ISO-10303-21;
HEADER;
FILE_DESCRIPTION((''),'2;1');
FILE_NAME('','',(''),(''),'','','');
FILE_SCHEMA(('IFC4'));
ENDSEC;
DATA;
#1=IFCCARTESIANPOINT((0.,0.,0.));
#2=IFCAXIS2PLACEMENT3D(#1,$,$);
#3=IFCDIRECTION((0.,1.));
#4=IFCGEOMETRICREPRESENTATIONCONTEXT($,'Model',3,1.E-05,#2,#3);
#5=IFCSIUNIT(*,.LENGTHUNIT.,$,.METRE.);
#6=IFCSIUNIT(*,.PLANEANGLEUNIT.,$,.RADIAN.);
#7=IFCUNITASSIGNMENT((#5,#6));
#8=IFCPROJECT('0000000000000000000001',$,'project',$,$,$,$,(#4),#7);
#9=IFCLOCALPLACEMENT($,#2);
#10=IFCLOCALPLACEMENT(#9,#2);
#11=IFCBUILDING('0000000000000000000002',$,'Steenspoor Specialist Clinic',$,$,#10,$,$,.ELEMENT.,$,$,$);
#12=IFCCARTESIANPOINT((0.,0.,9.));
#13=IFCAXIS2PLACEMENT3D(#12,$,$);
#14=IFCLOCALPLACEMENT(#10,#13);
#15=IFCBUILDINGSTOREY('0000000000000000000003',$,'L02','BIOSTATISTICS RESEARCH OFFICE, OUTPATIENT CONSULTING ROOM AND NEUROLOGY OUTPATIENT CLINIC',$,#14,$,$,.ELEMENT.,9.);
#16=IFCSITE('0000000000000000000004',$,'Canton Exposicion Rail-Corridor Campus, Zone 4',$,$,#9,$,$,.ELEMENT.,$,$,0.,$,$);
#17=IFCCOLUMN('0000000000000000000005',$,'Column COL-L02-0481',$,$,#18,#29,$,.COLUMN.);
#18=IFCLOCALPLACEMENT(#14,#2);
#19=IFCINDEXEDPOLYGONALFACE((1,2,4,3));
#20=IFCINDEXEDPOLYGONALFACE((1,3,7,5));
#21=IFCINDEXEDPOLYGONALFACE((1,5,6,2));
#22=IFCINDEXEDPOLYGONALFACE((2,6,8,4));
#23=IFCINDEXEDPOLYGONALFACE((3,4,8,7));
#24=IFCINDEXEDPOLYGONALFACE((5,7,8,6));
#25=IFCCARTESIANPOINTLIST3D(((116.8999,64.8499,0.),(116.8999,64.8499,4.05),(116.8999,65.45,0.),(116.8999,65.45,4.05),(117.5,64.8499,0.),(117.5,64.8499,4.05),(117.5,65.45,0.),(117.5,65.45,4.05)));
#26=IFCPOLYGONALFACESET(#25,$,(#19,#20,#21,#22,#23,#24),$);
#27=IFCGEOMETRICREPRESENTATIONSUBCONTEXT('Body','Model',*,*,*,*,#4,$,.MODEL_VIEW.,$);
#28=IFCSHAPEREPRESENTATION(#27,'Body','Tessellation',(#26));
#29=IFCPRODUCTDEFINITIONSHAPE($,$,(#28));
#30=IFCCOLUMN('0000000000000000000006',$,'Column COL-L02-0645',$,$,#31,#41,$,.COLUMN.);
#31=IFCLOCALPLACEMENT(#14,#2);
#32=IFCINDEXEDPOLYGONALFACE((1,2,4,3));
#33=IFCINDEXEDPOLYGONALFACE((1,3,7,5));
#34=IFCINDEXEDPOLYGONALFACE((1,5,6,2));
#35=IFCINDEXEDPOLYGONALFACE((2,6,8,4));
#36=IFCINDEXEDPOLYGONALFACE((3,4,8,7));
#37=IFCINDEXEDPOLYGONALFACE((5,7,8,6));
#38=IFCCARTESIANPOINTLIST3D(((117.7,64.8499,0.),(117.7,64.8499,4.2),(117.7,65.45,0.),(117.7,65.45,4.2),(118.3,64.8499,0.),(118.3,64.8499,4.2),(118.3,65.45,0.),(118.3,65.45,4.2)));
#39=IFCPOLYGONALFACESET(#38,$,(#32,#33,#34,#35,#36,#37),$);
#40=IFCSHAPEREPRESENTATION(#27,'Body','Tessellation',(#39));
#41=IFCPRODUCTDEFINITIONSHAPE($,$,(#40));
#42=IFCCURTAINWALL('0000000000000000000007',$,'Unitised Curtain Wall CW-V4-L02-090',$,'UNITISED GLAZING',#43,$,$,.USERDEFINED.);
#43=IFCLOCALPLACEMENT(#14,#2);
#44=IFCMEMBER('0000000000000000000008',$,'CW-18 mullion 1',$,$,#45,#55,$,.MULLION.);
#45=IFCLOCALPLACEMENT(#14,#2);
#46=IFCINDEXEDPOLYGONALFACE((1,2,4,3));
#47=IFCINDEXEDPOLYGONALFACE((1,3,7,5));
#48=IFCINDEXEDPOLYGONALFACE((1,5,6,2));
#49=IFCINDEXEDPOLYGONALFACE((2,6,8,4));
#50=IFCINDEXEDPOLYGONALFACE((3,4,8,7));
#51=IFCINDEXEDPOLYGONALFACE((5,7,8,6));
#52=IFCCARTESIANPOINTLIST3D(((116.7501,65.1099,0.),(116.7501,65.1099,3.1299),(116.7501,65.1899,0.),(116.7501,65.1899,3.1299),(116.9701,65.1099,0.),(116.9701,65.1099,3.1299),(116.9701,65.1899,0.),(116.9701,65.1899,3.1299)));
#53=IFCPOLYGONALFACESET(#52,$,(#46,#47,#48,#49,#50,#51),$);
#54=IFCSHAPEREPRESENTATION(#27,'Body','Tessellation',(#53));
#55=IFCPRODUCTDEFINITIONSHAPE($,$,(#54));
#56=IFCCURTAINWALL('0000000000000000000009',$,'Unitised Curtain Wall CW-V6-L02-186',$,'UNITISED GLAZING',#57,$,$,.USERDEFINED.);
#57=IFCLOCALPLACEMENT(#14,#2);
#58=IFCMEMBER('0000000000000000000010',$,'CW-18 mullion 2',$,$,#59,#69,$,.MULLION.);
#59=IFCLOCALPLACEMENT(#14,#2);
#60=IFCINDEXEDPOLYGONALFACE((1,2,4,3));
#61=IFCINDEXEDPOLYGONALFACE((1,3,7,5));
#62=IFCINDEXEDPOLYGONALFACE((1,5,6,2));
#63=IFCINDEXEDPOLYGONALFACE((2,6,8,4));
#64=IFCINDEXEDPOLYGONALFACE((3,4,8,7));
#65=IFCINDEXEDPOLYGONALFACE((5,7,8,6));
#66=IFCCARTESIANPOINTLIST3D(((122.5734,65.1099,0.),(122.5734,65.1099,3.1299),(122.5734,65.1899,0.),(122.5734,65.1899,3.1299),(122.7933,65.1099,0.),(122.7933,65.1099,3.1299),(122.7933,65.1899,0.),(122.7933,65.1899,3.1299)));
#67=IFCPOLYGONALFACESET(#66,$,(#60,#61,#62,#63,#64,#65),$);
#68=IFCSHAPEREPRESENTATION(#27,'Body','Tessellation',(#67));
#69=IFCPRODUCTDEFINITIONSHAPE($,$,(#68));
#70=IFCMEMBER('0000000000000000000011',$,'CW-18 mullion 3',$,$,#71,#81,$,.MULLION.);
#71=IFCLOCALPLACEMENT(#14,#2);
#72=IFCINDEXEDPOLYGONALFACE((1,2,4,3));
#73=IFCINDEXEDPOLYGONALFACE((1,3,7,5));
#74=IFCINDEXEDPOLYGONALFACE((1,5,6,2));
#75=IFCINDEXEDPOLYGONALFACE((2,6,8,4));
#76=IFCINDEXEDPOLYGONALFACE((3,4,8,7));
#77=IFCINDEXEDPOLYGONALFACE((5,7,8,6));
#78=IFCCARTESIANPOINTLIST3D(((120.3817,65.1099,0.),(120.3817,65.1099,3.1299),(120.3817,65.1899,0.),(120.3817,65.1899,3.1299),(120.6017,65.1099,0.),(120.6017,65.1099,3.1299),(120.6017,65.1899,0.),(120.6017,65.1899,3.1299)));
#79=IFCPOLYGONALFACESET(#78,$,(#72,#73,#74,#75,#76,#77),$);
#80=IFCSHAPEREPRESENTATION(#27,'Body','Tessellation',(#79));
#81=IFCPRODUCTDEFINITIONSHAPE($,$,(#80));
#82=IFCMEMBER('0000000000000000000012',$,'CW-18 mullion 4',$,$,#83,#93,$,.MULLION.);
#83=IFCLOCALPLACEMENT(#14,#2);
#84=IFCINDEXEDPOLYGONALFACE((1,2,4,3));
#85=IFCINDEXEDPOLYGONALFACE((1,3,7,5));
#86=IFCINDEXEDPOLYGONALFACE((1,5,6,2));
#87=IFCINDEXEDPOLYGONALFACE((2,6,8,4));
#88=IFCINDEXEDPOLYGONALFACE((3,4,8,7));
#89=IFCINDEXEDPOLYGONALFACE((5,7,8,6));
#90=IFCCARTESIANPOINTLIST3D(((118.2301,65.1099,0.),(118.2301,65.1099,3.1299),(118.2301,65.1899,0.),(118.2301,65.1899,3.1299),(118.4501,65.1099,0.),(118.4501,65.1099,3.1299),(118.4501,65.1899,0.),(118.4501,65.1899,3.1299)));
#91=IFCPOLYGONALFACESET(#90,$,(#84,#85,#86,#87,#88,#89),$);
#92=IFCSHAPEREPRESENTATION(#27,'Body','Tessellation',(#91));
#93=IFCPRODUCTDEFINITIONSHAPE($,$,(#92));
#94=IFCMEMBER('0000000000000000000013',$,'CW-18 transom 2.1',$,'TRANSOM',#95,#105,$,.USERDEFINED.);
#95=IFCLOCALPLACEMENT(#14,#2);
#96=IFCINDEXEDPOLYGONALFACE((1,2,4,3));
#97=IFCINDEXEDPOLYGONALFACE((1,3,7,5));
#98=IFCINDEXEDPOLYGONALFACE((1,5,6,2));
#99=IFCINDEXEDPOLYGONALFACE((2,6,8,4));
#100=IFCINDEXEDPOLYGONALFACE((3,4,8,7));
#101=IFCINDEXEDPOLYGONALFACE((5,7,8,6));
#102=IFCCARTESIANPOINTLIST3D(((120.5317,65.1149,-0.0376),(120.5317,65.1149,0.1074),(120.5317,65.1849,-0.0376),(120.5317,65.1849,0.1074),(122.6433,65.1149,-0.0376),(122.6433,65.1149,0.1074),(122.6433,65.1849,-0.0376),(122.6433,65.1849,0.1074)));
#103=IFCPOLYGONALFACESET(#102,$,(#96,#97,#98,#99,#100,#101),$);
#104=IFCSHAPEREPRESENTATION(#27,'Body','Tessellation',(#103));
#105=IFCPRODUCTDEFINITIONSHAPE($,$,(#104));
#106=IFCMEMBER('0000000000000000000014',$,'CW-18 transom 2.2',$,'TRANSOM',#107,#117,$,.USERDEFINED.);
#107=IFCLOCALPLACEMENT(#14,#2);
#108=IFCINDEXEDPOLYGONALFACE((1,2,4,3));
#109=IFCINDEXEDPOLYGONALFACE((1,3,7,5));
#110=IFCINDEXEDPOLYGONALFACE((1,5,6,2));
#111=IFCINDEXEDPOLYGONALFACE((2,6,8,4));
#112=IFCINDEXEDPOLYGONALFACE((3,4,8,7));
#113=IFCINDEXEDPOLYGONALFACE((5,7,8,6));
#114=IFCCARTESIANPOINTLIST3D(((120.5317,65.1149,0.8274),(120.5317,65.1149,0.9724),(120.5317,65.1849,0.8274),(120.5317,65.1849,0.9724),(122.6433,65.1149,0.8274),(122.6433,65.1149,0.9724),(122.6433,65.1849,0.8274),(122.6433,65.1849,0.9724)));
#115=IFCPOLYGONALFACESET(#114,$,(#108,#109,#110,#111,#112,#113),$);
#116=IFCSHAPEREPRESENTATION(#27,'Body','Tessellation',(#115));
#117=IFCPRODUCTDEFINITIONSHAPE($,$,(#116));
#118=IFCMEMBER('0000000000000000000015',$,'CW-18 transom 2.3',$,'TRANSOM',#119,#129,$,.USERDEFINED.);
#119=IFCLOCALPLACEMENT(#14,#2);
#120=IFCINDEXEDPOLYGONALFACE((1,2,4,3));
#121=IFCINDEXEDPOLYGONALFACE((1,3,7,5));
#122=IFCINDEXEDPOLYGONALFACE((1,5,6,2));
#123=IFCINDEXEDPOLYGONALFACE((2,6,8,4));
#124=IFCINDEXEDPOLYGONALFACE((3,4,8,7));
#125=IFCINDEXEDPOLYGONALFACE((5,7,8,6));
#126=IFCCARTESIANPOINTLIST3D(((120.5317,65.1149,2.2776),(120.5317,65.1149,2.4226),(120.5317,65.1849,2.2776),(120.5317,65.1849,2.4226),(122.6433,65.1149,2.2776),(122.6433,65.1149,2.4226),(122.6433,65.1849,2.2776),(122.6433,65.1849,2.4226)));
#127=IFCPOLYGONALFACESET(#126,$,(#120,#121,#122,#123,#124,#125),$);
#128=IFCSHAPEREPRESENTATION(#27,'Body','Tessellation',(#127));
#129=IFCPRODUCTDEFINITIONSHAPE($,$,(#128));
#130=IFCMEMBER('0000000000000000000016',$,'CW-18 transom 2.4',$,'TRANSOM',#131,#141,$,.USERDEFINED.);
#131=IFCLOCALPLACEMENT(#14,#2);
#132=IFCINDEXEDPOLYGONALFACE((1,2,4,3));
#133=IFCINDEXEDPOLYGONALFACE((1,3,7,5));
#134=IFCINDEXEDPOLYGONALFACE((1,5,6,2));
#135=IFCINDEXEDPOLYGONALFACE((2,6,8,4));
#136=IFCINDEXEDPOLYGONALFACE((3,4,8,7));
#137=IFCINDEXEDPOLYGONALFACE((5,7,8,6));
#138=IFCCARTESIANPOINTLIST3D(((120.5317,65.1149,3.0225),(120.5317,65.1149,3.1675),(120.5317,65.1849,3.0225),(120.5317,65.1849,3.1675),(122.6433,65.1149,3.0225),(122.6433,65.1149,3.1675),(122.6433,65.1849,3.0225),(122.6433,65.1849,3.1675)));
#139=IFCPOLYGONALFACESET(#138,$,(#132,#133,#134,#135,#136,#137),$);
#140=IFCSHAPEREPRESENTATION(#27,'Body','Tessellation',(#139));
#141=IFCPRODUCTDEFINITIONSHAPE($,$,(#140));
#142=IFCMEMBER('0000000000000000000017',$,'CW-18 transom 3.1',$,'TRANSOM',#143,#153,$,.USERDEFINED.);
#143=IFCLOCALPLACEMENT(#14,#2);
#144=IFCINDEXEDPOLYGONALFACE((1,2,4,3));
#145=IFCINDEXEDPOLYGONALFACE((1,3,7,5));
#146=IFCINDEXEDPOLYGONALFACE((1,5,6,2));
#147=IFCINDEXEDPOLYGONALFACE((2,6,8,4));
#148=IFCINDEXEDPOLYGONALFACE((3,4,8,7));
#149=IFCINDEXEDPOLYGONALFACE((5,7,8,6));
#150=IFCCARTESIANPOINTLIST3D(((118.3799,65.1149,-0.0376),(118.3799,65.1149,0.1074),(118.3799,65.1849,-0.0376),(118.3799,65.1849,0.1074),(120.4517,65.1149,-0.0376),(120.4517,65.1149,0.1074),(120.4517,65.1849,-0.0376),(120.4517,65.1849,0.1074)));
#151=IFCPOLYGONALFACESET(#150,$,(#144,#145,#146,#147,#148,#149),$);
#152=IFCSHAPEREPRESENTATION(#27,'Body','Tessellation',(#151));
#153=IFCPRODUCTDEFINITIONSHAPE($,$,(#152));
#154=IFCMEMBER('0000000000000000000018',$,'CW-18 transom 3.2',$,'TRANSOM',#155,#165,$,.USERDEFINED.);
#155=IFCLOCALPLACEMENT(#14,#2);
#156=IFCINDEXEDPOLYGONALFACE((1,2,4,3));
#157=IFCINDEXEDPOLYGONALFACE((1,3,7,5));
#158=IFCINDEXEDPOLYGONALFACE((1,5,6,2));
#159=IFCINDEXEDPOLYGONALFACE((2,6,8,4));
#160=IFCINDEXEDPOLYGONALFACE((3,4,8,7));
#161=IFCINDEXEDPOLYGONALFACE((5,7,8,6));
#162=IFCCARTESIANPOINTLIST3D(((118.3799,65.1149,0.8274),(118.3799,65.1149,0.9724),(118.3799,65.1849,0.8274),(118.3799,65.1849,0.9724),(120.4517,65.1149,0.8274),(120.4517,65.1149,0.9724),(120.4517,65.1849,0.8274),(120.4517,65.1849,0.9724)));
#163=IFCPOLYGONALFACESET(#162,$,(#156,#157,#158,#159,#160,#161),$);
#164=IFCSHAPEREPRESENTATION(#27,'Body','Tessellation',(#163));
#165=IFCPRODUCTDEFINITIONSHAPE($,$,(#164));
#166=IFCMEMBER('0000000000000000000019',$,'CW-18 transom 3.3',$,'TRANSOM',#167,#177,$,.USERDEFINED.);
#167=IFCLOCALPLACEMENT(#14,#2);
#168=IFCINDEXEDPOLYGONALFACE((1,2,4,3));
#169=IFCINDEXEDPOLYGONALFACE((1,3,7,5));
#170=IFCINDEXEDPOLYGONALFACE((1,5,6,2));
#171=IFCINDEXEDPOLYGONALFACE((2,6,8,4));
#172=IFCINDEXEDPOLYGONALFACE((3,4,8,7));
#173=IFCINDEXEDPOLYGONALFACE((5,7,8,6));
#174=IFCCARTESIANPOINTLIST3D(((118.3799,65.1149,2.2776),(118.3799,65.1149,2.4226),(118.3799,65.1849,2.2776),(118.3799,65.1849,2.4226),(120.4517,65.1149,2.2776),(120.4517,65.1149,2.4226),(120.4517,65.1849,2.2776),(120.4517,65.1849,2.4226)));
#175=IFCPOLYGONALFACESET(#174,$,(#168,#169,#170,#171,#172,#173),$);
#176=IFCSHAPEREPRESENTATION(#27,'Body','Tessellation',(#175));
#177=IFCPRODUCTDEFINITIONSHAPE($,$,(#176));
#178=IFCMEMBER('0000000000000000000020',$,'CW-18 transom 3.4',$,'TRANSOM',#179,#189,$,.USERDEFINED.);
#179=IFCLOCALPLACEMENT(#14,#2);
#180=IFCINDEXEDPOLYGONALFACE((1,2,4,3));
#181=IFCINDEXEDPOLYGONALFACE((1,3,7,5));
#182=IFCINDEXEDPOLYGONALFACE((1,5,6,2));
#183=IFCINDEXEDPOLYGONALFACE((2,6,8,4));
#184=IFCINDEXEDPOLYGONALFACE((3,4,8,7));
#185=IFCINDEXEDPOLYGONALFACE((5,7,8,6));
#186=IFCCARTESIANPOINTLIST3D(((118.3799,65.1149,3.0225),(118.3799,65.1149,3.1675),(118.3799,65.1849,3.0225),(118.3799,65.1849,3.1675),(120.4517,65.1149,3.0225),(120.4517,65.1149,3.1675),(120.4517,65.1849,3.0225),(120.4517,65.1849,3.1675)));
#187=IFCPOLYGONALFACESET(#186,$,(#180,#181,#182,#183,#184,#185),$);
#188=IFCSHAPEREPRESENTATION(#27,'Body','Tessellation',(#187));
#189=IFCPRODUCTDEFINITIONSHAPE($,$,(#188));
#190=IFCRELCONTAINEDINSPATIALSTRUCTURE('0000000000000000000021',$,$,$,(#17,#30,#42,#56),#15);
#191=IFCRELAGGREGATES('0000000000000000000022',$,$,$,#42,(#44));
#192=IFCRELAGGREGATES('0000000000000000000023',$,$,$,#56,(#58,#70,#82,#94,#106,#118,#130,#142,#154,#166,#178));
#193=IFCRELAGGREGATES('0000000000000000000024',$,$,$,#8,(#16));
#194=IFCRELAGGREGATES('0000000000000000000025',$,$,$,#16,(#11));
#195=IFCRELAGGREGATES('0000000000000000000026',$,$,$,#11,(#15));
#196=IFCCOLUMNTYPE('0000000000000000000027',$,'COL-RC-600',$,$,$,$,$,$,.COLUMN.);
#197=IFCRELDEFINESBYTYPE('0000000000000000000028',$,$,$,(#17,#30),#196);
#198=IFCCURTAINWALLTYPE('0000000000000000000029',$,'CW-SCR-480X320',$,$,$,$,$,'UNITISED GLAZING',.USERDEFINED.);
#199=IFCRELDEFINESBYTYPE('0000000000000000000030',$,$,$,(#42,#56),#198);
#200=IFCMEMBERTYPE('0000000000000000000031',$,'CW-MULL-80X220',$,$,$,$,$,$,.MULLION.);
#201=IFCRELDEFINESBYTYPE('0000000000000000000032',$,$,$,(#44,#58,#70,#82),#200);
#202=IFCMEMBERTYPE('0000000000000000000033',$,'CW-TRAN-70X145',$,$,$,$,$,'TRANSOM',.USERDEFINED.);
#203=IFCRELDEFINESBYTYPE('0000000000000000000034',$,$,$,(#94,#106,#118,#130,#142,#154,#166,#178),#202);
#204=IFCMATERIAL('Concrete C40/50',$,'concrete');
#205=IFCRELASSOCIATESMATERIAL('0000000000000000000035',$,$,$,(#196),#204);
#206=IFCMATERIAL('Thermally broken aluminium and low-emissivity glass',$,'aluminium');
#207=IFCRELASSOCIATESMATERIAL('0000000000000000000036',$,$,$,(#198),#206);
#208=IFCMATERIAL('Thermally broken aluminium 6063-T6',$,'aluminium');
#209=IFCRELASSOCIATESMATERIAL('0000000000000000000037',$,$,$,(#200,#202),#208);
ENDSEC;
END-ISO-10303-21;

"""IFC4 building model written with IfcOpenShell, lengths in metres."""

from ifc_helpers import new_model, si_unit, direction, frame, origin, origin_2d, place, context, subcontext, project, spatial, rectangle, extrude, material, material_profile, profile_set, type_object, element, aggregate, save


model = new_model("IFC4")

# Units and contexts
model_context = context("Model", 3, precision=1e-05, world=origin(), true_north=direction((0.0, 1.0)))
body_context = subcontext(model_context, "Body", "Model", "MODEL_VIEW")
ifc_project = project(units=[si_unit("LENGTHUNIT", "METRE"), si_unit("PLANEANGLEUNIT", "RADIAN")], contexts=[model_context])

# Site, building, storey
site_placement = place(None, origin())
site = spatial("IfcSite", under=ifc_project, at=site_placement, Name="Canton Exposicion Rail-Corridor Campus, Zone 4", CompositionType="ELEMENT", RefElevation=0.0)
building_placement = place(site_placement, origin())
building = spatial("IfcBuilding", under=site, at=building_placement, Name="Steenspoor Specialist Clinic", CompositionType="ELEMENT")
storey_placement = place(building_placement, frame((0.0, 0.0, 9.0)))
storey = spatial("IfcBuildingStorey", under=building, at=storey_placement, Name="L02", Description="BIOSTATISTICS RESEARCH OFFICE, OUTPATIENT CONSULTING ROOM AND NEUROLOGY OUTPATIENT CLINIC", CompositionType="ELEMENT", Elevation=9.0)

# Columns
ifc_material_1 = material(Name="Concrete C40/50", Category="concrete")
ifc_material_profile_1 = material_profile(ifc_material_1, rectangle(XDim=0.6001, YDim=0.6001, at=origin_2d()), Name="RC-COL-600X600")
ifc_profile_set_1 = profile_set([ifc_material_profile_1], Name="Concrete C40/50")
column_type = type_object("IfcColumnType", Name="COL-RC-600", PredefinedType="COLUMN", material=ifc_profile_set_1)
column_1_placement = place(storey_placement, frame((117.2, 65.1499, 0.0), z_axis=(0.0, 0.0, 1.0), x_axis=(1.0, 0.0, 0.0)))
element("IfcColumn", 1, at=column_1_placement, inside=storey, type_object=column_type, Name="Column COL-L02-0481", PredefinedType="COLUMN", context=body_context, shape_type="SweptSolid", body=[
    extrude(rectangle(XDim=0.6001, YDim=0.6001, at=origin_2d()), origin(), (0.0, 0.0, 1.0), 4.05),
])
column_2_placement = place(storey_placement, frame((118.0, 65.1499, 0.0), z_axis=(0.0, 0.0, 1.0), x_axis=(1.0, 0.0, 0.0)))
element("IfcColumn", 2, at=column_2_placement, inside=storey, type_object=column_type, Name="Column COL-L02-0645", PredefinedType="COLUMN", context=body_context, shape_type="SweptSolid", body=[
    extrude(rectangle(XDim=0.6001, YDim=0.6001, at=origin_2d()), origin(), (0.0, 0.0, 1.0), 4.2),
])

# Curtain wall, member
ifc_material_2 = material(Name="Thermally broken aluminium and low-emissivity glass", Category="aluminium")
curtain_wall_type = type_object("IfcCurtainWallType", Name="CW-SCR-480X320", ElementType="UNITISED GLAZING", PredefinedType="USERDEFINED", material=ifc_material_2)
curtain_wall_1_placement = place(storey_placement, origin())
curtain_wall_1 = element("IfcCurtainWall", 3, at=curtain_wall_1_placement, inside=storey, type_object=curtain_wall_type, Name="Unitised Curtain Wall CW-V4-L02-090", ObjectType="UNITISED GLAZING", PredefinedType="USERDEFINED")
ifc_material_3 = material(Name="Thermally broken aluminium 6063-T6", Category="aluminium")
ifc_material_profile_2 = material_profile(ifc_material_3, rectangle(XDim=0.0801, YDim=0.22, at=origin_2d()), Name="CWM-80X220")
ifc_profile_set_2 = profile_set([ifc_material_profile_2], Name="Thermally broken aluminium 6063-T6")
member_type_1 = type_object("IfcMemberType", Name="CW-MULL-80X220", PredefinedType="MULLION", material=ifc_profile_set_2)
member_1_placement = place(storey_placement, frame((116.8601, 65.1499, 0.0), z_axis=(0.0, 0.0, 1.0), x_axis=(0.0, -1.0, 0.0)))
member_1 = element("IfcMember", 4, at=member_1_placement, type_object=member_type_1, Name="CW-18 mullion 1", PredefinedType="MULLION", context=body_context, shape_type="SweptSolid", body=[
    extrude(rectangle(XDim=0.0801, YDim=0.22, at=origin_2d()), origin(), (0.0, 0.0, 1.0), 3.1299),
])

# Curtain wall, members
curtain_wall_2_placement = place(storey_placement, origin())
curtain_wall_2 = element("IfcCurtainWall", 5, at=curtain_wall_2_placement, inside=storey, type_object=curtain_wall_type, Name="Unitised Curtain Wall CW-V6-L02-186", ObjectType="UNITISED GLAZING", PredefinedType="USERDEFINED")
member_2_placement = place(storey_placement, frame((122.6833, 65.1499, 0.0), z_axis=(0.0, 0.0, 1.0), x_axis=(0.0, -1.0, 0.0)))
member_2 = element("IfcMember", 6, at=member_2_placement, type_object=member_type_1, Name="CW-18 mullion 2", PredefinedType="MULLION", context=body_context, shape_type="SweptSolid", body=[
    extrude(rectangle(XDim=0.0801, YDim=0.22, at=origin_2d()), origin(), (0.0, 0.0, 1.0), 3.1299),
])
member_3_placement = place(storey_placement, frame((120.4917, 65.1499, 0.0), z_axis=(0.0, 0.0, 1.0), x_axis=(0.0, -1.0, 0.0)))
member_3 = element("IfcMember", 7, at=member_3_placement, type_object=member_type_1, Name="CW-18 mullion 3", PredefinedType="MULLION", context=body_context, shape_type="SweptSolid", body=[
    extrude(rectangle(XDim=0.0801, YDim=0.22, at=origin_2d()), origin(), (0.0, 0.0, 1.0), 3.1299),
])
member_4_placement = place(storey_placement, frame((118.3401, 65.1499, 0.0), z_axis=(0.0, 0.0, 1.0), x_axis=(0.0, -1.0, 0.0)))
member_4 = element("IfcMember", 8, at=member_4_placement, type_object=member_type_1, Name="CW-18 mullion 4", PredefinedType="MULLION", context=body_context, shape_type="SweptSolid", body=[
    extrude(rectangle(XDim=0.0801, YDim=0.22, at=origin_2d()), origin(), (0.0, 0.0, 1.0), 3.1299),
])
ifc_material_profile_3 = material_profile(ifc_material_3, rectangle(XDim=0.0701, YDim=0.145, at=origin_2d()), Name="CWT-70X145")
ifc_profile_set_3 = profile_set([ifc_material_profile_3], Name="Thermally broken aluminium 6063-T6")
member_type_2 = type_object("IfcMemberType", Name="CW-TRAN-70X145", ElementType="TRANSOM", PredefinedType="USERDEFINED", material=ifc_profile_set_3)
member_5_placement = place(storey_placement, frame((122.6433, 65.1499, 0.0349), z_axis=(-1.0, 0.0, 0.0), x_axis=(0.0, -1.0, 0.0)))
member_5 = element("IfcMember", 9, at=member_5_placement, type_object=member_type_2, Name="CW-18 transom 2.1", ObjectType="TRANSOM", PredefinedType="USERDEFINED", context=body_context, shape_type="SweptSolid", body=[
    extrude(rectangle(XDim=0.0701, YDim=0.145, at=origin_2d()), origin(), (0.0, 0.0, 1.0), 2.1116),
])
member_6_placement = place(storey_placement, frame((122.6433, 65.1499, 0.8999), z_axis=(-1.0, 0.0, 0.0), x_axis=(0.0, -1.0, 0.0)))
member_6 = element("IfcMember", 10, at=member_6_placement, type_object=member_type_2, Name="CW-18 transom 2.2", ObjectType="TRANSOM", PredefinedType="USERDEFINED", context=body_context, shape_type="SweptSolid", body=[
    extrude(rectangle(XDim=0.0701, YDim=0.145, at=origin_2d()), origin(), (0.0, 0.0, 1.0), 2.1116),
])
member_7_placement = place(storey_placement, frame((122.6433, 65.1499, 2.3501), z_axis=(-1.0, 0.0, 0.0), x_axis=(0.0, -1.0, 0.0)))
member_7 = element("IfcMember", 11, at=member_7_placement, type_object=member_type_2, Name="CW-18 transom 2.3", ObjectType="TRANSOM", PredefinedType="USERDEFINED", context=body_context, shape_type="SweptSolid", body=[
    extrude(rectangle(XDim=0.0701, YDim=0.145, at=origin_2d()), origin(), (0.0, 0.0, 1.0), 2.1116),
])
member_8_placement = place(storey_placement, frame((122.6433, 65.1499, 3.095), z_axis=(-1.0, 0.0, 0.0), x_axis=(0.0, -1.0, 0.0)))
member_8 = element("IfcMember", 12, at=member_8_placement, type_object=member_type_2, Name="CW-18 transom 2.4", ObjectType="TRANSOM", PredefinedType="USERDEFINED", context=body_context, shape_type="SweptSolid", body=[
    extrude(rectangle(XDim=0.0701, YDim=0.145, at=origin_2d()), origin(), (0.0, 0.0, 1.0), 2.1116),
])
member_9_placement = place(storey_placement, frame((120.4517, 65.1499, 0.0349), z_axis=(-1.0, 0.0, 0.0), x_axis=(0.0, -1.0, 0.0)))
member_9 = element("IfcMember", 13, at=member_9_placement, type_object=member_type_2, Name="CW-18 transom 3.1", ObjectType="TRANSOM", PredefinedType="USERDEFINED", context=body_context, shape_type="SweptSolid", body=[
    extrude(rectangle(XDim=0.0701, YDim=0.145, at=origin_2d()), origin(), (0.0, 0.0, 1.0), 2.0718),
])
member_10_placement = place(storey_placement, frame((120.4517, 65.1499, 0.8999), z_axis=(-1.0, 0.0, 0.0), x_axis=(0.0, -1.0, 0.0)))
member_10 = element("IfcMember", 14, at=member_10_placement, type_object=member_type_2, Name="CW-18 transom 3.2", ObjectType="TRANSOM", PredefinedType="USERDEFINED", context=body_context, shape_type="SweptSolid", body=[
    extrude(rectangle(XDim=0.0701, YDim=0.145, at=origin_2d()), origin(), (0.0, 0.0, 1.0), 2.0718),
])
member_11_placement = place(storey_placement, frame((120.4517, 65.1499, 2.3501), z_axis=(-1.0, 0.0, 0.0), x_axis=(0.0, -1.0, 0.0)))
member_11 = element("IfcMember", 15, at=member_11_placement, type_object=member_type_2, Name="CW-18 transom 3.3", ObjectType="TRANSOM", PredefinedType="USERDEFINED", context=body_context, shape_type="SweptSolid", body=[
    extrude(rectangle(XDim=0.0701, YDim=0.145, at=origin_2d()), origin(), (0.0, 0.0, 1.0), 2.0718),
])
member_12_placement = place(storey_placement, frame((120.4517, 65.1499, 3.095), z_axis=(-1.0, 0.0, 0.0), x_axis=(0.0, -1.0, 0.0)))
member_12 = element("IfcMember", 16, at=member_12_placement, type_object=member_type_2, Name="CW-18 transom 3.4", ObjectType="TRANSOM", PredefinedType="USERDEFINED", context=body_context, shape_type="SweptSolid", body=[
    extrude(rectangle(XDim=0.0701, YDim=0.145, at=origin_2d()), origin(), (0.0, 0.0, 1.0), 2.0718),
])

aggregate(curtain_wall_1, [member_1])

aggregate(curtain_wall_2, [member_2, member_3, member_4, member_5, member_6, member_7, member_8, member_9, member_10, member_11, member_12])

save(model, "model.ifc")
